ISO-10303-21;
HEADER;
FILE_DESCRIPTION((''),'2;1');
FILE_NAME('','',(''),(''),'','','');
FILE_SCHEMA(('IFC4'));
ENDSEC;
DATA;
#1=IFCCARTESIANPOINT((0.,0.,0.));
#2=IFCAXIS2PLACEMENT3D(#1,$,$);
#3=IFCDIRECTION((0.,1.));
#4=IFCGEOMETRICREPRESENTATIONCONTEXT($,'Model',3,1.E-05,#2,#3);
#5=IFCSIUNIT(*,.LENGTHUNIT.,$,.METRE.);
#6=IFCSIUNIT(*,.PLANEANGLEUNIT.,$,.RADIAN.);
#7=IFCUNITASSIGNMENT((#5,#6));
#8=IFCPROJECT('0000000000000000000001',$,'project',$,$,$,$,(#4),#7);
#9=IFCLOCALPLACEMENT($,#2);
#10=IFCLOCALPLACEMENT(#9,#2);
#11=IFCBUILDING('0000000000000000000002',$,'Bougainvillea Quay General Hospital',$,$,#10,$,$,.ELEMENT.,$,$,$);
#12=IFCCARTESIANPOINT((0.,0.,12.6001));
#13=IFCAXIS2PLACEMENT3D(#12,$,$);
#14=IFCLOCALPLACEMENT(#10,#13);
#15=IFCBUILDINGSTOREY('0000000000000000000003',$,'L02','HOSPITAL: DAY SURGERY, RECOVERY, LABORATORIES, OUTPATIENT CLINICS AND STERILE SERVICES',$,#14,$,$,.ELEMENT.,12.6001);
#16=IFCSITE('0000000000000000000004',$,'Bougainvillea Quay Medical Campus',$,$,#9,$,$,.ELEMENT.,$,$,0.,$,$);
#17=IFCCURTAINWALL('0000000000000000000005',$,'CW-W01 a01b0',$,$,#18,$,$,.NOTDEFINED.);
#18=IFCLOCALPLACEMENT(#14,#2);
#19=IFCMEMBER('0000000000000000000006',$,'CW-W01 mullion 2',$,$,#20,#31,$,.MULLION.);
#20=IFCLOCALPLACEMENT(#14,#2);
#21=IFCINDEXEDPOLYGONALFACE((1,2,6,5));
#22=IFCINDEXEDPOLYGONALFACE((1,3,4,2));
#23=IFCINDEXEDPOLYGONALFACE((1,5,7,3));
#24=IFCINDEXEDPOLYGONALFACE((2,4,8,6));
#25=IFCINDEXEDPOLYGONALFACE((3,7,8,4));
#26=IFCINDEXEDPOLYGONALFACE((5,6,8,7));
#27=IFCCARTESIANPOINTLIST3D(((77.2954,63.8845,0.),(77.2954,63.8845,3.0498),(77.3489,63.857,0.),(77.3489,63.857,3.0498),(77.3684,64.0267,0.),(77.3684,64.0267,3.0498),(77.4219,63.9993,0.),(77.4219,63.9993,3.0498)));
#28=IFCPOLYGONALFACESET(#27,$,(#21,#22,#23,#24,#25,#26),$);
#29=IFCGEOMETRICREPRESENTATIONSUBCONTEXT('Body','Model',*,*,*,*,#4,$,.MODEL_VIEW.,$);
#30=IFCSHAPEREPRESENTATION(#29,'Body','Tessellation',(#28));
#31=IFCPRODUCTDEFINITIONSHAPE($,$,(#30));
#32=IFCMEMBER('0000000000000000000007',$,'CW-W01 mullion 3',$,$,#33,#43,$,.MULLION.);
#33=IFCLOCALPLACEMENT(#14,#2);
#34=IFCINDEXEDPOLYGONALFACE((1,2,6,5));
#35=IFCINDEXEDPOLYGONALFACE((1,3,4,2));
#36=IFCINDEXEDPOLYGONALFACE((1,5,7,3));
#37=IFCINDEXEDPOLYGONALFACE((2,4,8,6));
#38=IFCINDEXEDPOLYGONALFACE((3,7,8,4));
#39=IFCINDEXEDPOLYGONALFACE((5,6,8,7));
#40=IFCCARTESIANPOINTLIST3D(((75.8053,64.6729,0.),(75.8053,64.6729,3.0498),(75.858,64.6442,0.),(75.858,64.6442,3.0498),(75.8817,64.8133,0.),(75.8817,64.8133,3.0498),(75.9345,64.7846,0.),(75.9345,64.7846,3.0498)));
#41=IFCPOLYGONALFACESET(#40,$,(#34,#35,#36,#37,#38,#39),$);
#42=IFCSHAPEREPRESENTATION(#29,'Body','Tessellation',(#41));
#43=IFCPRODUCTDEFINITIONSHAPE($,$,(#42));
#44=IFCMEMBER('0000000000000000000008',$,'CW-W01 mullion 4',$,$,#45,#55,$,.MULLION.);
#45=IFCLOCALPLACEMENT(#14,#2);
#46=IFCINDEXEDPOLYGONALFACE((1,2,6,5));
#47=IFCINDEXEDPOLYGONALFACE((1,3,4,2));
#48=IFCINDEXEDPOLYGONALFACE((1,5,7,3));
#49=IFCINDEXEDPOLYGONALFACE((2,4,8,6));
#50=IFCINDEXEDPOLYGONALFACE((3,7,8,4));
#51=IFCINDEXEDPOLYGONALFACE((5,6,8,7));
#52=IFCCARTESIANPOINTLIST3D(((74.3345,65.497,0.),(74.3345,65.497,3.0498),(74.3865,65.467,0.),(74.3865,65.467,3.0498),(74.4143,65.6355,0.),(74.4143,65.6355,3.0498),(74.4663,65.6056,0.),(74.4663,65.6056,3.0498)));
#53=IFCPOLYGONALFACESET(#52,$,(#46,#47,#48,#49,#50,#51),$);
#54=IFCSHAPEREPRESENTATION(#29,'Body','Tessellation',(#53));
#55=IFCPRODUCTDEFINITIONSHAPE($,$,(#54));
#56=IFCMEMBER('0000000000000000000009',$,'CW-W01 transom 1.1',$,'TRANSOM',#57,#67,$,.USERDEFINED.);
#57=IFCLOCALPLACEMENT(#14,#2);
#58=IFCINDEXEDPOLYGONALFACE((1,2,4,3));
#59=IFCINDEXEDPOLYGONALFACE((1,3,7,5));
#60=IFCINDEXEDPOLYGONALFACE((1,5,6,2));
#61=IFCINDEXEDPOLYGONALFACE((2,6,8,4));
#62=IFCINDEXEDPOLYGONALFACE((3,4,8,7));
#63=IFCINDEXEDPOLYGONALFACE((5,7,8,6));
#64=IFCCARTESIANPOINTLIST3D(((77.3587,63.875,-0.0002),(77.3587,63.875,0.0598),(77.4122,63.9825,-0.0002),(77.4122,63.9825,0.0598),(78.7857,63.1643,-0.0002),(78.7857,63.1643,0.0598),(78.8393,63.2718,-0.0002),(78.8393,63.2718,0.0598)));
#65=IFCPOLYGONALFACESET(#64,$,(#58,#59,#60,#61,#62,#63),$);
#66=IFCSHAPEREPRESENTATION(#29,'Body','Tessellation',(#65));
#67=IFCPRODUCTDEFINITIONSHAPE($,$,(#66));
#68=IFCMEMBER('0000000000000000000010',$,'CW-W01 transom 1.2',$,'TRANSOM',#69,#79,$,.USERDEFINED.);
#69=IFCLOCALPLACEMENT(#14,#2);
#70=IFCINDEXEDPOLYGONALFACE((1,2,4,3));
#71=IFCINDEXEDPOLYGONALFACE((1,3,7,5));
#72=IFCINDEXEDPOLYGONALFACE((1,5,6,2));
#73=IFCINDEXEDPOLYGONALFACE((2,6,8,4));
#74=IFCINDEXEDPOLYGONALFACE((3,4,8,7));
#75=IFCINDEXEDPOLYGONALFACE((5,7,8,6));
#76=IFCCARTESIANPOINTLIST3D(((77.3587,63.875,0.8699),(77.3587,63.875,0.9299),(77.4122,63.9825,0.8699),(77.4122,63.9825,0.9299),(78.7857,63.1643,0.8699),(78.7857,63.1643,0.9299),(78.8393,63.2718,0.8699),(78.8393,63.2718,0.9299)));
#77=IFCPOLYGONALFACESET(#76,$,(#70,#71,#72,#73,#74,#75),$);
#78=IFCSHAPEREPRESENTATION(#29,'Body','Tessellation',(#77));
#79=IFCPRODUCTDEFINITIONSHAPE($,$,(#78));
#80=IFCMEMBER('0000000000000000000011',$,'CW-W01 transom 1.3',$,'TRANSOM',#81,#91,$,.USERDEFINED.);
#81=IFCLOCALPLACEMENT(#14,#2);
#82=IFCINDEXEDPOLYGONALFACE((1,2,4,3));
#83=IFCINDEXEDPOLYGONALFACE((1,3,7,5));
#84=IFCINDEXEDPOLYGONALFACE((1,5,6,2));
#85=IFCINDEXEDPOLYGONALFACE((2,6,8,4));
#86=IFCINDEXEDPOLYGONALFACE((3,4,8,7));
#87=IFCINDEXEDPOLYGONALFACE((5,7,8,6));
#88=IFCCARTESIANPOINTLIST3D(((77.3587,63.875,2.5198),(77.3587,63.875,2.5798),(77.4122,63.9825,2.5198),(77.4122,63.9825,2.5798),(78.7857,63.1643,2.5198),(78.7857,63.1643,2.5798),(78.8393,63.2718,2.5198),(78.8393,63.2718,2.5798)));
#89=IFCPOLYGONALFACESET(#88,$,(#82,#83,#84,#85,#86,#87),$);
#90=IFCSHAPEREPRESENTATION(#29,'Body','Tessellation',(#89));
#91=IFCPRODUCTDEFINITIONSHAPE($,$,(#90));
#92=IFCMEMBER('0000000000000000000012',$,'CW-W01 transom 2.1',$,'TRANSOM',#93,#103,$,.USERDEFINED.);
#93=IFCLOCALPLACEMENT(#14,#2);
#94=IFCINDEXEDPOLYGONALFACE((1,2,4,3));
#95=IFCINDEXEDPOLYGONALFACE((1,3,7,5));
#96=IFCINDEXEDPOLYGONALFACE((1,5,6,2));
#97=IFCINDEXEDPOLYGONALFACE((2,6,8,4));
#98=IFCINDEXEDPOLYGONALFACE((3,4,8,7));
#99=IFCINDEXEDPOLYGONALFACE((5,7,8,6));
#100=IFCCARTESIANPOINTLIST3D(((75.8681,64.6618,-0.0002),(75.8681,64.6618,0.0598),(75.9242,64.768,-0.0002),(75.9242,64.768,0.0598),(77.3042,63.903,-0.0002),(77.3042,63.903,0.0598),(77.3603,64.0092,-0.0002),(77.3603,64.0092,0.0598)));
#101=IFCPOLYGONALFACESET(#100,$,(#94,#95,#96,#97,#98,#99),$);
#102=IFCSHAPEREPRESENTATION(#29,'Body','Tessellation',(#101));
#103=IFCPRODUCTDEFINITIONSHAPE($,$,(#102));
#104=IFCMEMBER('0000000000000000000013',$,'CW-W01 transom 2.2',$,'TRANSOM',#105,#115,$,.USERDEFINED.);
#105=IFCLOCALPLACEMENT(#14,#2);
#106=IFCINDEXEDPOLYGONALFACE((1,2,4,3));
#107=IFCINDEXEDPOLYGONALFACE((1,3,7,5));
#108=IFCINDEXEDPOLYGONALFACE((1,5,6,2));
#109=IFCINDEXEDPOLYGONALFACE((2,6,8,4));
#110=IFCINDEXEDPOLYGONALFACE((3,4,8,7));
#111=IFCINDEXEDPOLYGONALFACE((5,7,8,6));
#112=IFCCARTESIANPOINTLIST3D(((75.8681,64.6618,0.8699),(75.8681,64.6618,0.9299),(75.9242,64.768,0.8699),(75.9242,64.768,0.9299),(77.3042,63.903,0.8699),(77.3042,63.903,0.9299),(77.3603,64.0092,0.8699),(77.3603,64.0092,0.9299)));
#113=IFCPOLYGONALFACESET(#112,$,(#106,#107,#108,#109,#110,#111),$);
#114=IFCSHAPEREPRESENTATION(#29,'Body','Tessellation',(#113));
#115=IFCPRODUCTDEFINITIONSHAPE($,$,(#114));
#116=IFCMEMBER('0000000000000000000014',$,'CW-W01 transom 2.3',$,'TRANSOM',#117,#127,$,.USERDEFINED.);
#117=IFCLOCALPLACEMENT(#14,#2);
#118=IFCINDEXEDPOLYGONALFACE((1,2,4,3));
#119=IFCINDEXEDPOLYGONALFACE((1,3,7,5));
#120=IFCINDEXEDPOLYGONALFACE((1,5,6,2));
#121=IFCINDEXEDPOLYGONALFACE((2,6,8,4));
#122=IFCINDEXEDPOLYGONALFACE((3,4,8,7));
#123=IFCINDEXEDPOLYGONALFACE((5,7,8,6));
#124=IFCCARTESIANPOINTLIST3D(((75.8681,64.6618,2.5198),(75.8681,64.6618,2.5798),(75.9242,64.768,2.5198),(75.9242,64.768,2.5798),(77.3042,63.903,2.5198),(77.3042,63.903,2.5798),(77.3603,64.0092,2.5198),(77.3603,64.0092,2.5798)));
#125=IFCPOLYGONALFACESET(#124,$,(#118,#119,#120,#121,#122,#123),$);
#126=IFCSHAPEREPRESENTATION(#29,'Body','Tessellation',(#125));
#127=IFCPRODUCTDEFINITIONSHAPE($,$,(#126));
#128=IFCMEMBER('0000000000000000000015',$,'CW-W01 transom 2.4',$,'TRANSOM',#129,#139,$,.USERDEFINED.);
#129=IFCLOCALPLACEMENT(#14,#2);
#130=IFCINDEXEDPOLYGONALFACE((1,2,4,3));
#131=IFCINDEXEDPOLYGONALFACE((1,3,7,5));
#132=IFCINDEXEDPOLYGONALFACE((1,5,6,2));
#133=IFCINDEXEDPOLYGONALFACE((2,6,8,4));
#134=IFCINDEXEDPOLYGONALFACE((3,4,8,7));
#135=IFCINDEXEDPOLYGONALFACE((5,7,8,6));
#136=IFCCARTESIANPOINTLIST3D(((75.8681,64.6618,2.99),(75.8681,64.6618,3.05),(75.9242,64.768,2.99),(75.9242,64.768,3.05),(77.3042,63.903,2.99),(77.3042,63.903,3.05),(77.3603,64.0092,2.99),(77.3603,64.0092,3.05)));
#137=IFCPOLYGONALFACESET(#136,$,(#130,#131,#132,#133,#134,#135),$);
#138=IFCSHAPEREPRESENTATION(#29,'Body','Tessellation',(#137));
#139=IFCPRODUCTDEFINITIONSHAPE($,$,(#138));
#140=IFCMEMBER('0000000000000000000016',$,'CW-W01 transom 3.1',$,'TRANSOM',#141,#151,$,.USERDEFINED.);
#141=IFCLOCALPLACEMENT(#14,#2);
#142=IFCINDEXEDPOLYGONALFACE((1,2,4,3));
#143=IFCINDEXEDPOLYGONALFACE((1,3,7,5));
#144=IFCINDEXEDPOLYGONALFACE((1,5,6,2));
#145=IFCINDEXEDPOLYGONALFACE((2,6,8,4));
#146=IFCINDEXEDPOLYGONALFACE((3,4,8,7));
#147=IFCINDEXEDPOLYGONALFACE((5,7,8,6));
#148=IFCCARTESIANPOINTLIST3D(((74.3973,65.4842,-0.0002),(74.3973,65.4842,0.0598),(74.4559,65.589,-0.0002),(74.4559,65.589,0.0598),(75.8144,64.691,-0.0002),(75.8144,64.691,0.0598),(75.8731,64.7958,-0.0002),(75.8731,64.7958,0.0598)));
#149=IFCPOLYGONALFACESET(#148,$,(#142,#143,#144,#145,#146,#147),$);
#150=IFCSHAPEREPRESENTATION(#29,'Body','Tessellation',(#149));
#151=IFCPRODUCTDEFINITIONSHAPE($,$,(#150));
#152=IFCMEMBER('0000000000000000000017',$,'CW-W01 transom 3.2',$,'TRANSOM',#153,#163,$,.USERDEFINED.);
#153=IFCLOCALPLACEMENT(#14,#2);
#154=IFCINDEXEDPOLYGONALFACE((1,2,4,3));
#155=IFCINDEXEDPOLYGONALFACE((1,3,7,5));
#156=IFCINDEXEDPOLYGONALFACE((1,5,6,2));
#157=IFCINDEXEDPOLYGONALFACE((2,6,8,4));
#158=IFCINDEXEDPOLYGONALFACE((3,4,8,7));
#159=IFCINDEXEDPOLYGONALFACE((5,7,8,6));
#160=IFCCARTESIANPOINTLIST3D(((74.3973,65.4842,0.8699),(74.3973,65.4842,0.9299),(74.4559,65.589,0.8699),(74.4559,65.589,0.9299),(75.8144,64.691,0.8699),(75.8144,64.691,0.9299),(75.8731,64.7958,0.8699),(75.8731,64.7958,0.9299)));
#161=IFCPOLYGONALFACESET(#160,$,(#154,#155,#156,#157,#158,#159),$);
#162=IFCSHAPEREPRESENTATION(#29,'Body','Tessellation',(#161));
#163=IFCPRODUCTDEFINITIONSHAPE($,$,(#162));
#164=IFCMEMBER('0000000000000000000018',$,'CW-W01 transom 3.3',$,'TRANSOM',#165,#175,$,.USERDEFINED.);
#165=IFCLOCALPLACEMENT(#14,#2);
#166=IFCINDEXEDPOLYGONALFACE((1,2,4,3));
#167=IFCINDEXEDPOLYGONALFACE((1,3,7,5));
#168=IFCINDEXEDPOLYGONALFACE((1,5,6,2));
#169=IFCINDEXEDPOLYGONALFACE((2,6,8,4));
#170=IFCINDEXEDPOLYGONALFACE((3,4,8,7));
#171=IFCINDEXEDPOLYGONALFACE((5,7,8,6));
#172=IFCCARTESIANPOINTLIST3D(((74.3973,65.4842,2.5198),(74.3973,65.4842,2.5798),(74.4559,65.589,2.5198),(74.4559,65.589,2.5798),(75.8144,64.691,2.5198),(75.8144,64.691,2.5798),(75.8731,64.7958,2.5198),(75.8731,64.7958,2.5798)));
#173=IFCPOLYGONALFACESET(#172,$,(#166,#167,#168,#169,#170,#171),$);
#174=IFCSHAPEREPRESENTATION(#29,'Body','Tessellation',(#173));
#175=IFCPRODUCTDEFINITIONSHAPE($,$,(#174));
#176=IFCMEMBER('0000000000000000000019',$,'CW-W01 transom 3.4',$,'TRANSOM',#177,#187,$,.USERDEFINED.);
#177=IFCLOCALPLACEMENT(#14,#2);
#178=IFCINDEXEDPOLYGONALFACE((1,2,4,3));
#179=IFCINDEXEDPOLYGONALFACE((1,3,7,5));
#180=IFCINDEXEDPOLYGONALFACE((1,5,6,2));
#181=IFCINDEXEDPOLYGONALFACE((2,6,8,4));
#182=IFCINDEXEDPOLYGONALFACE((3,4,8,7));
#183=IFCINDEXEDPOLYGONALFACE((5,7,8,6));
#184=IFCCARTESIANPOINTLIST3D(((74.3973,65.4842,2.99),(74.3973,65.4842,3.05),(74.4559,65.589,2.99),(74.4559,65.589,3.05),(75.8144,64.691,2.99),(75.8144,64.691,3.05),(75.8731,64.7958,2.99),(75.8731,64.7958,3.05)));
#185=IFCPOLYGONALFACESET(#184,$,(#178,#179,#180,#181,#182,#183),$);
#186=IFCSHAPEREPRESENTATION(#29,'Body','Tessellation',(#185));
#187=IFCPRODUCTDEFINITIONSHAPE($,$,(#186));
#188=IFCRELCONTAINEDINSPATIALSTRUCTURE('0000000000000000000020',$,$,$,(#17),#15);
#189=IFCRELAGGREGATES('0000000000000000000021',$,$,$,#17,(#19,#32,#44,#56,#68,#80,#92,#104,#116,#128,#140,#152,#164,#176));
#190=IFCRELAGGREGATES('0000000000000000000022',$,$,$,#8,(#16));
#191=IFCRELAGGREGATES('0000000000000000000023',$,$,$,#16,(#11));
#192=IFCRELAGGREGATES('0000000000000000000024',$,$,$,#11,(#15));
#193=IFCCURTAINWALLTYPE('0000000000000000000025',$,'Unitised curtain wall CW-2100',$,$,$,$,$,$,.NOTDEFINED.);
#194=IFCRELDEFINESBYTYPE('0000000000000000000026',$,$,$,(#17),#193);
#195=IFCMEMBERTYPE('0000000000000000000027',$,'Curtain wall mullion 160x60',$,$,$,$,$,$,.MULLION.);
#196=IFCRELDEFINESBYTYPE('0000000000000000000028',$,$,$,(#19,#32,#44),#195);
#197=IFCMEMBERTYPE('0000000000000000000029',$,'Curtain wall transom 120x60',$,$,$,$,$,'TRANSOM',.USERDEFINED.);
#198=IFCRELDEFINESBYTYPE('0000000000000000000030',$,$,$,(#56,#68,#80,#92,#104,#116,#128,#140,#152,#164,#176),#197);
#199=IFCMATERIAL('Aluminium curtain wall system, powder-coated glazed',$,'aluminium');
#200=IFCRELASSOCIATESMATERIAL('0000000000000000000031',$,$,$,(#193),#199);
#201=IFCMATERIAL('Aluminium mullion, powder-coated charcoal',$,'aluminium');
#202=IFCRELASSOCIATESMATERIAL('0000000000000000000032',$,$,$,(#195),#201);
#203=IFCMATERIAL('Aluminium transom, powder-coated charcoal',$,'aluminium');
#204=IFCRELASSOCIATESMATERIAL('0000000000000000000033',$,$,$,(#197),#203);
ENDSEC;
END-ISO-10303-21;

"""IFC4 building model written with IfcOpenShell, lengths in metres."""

from ifc_helpers import new_model, si_unit, direction, frame, origin, origin_2d, place, context, subcontext, project, spatial, rectangle, extrude, material, material_profile, profile_set, type_object, element, aggregate, save


model = new_model("IFC4")

# Units and contexts
model_context = context("Model", 3, precision=1e-05, world=origin(), true_north=direction((0.0, 1.0)))
body_context = subcontext(model_context, "Body", "Model", "MODEL_VIEW")
ifc_project = project(units=[si_unit("LENGTHUNIT", "METRE"), si_unit("PLANEANGLEUNIT", "RADIAN")], contexts=[model_context])

# Site, building, storey
site_placement = place(None, origin())
site = spatial("IfcSite", under=ifc_project, at=site_placement, Name="Bougainvillea Quay Medical Campus", CompositionType="ELEMENT", RefElevation=0.0)
building_placement = place(site_placement, origin())
building = spatial("IfcBuilding", under=site, at=building_placement, Name="Bougainvillea Quay General Hospital", CompositionType="ELEMENT")
storey_placement = place(building_placement, frame((0.0, 0.0, 12.6001)))
storey = spatial("IfcBuildingStorey", under=building, at=storey_placement, Name="L02", Description="HOSPITAL: DAY SURGERY, RECOVERY, LABORATORIES, OUTPATIENT CLINICS AND STERILE SERVICES", CompositionType="ELEMENT", Elevation=12.6001)

# Curtain wall, members
ifc_material_1 = material(Name="Aluminium curtain wall system, powder-coated glazed", Category="aluminium")
curtain_wall_type = type_object("IfcCurtainWallType", Name="Unitised curtain wall CW-2100", PredefinedType="NOTDEFINED", material=ifc_material_1)
curtain_wall_placement = place(storey_placement, origin())
curtain_wall = element("IfcCurtainWall", 1, at=curtain_wall_placement, inside=storey, type_object=curtain_wall_type, Name="CW-W01 a01b0", PredefinedType="NOTDEFINED")
ifc_material_2 = material(Name="Aluminium mullion, powder-coated charcoal", Category="aluminium")
ifc_material_profile_1 = material_profile(ifc_material_2, rectangle(XDim=0.1599, YDim=0.0601, at=origin_2d()))
ifc_profile_set_1 = profile_set([ifc_material_profile_1], Name="Aluminium mullion, powder-coated charcoal")
member_type_1 = type_object("IfcMemberType", Name="Curtain wall mullion 160x60", PredefinedType="MULLION", material=ifc_profile_set_1)
member_1_placement = place(storey_placement, frame((77.3586, 63.9419, 0.0), z_axis=(0.0, 0.0, 1.0), x_axis=(-0.456505, -0.889721, 0.0)))
member_1 = element("IfcMember", 2, at=member_1_placement, type_object=member_type_1, Name="CW-W01 mullion 2", PredefinedType="MULLION", context=body_context, shape_type="SweptSolid", body=[
    extrude(rectangle(XDim=0.1599, YDim=0.0601, at=origin_2d()), origin(), (0.0, 0.0, 1.0), 3.0498),
])
member_2_placement = place(storey_placement, frame((75.8699, 64.7288, 0.0), z_axis=(0.0, 0.0, 1.0), x_axis=(-0.477852, -0.87844, 0.0)))
member_2 = element("IfcMember", 3, at=member_2_placement, type_object=member_type_1, Name="CW-W01 mullion 3", PredefinedType="MULLION", context=body_context, shape_type="SweptSolid", body=[
    extrude(rectangle(XDim=0.1599, YDim=0.0601, at=origin_2d()), origin(), (0.0, 0.0, 1.0), 3.0498),
])
member_3_placement = place(storey_placement, frame((74.4004, 65.5513, 0.0), z_axis=(0.0, 0.0, 1.0), x_axis=(-0.498921, -0.866648, 0.0)))
member_3 = element("IfcMember", 4, at=member_3_placement, type_object=member_type_1, Name="CW-W01 mullion 4", PredefinedType="MULLION", context=body_context, shape_type="SweptSolid", body=[
    extrude(rectangle(XDim=0.1599, YDim=0.0601, at=origin_2d()), origin(), (0.0, 0.0, 1.0), 3.0498),
])
ifc_material_3 = material(Name="Aluminium transom, powder-coated charcoal", Category="aluminium")
ifc_material_profile_2 = material_profile(ifc_material_3, rectangle(XDim=0.1201, YDim=0.0601, at=origin_2d()))
ifc_profile_set_2 = profile_set([ifc_material_profile_2], Name="Aluminium transom, powder-coated charcoal")
member_type_2 = type_object("IfcMemberType", Name="Curtain wall transom 120x60", ElementType="TRANSOM", PredefinedType="USERDEFINED", material=ifc_profile_set_2)
member_4_placement = place(storey_placement, frame((78.8125, 63.218, 0.0298), z_axis=(-0.895131, 0.445804, 0.0), x_axis=(-0.445804, -0.895131, 0.0)))
member_4 = element("IfcMember", 5, at=member_4_placement, type_object=member_type_2, Name="CW-W01 transom 1.1", ObjectType="TRANSOM", PredefinedType="USERDEFINED", context=body_context, shape_type="SweptSolid", body=[
    extrude(rectangle(XDim=0.1201, YDim=0.0601, at=origin_2d()), origin(), (0.0, 0.0, 1.0), 1.5942),
])
member_5_placement = place(storey_placement, frame((78.8125, 63.218, 0.8999), z_axis=(-0.895131, 0.445804, 0.0), x_axis=(-0.445804, -0.895131, 0.0)))
member_5 = element("IfcMember", 6, at=member_5_placement, type_object=member_type_2, Name="CW-W01 transom 1.2", ObjectType="TRANSOM", PredefinedType="USERDEFINED", context=body_context, shape_type="SweptSolid", body=[
    extrude(rectangle(XDim=0.1201, YDim=0.0601, at=origin_2d()), origin(), (0.0, 0.0, 1.0), 1.5942),
])
member_6_placement = place(storey_placement, frame((78.8125, 63.218, 2.5498), z_axis=(-0.895131, 0.445804, 0.0), x_axis=(-0.445804, -0.895131, 0.0)))
member_6 = element("IfcMember", 7, at=member_6_placement, type_object=member_type_2, Name="CW-W01 transom 1.3", ObjectType="TRANSOM", PredefinedType="USERDEFINED", context=body_context, shape_type="SweptSolid", body=[
    extrude(rectangle(XDim=0.1201, YDim=0.0601, at=origin_2d()), origin(), (0.0, 0.0, 1.0), 1.5942),
])
member_7_placement = place(storey_placement, frame((77.3323, 63.9561, 0.0298), z_axis=(-0.884161, 0.467183, 0.0), x_axis=(-0.467183, -0.884161, 0.0)))
member_7 = element("IfcMember", 8, at=member_7_placement, type_object=member_type_2, Name="CW-W01 transom 2.1", ObjectType="TRANSOM", PredefinedType="USERDEFINED", context=body_context, shape_type="SweptSolid", body=[
    extrude(rectangle(XDim=0.1201, YDim=0.0601, at=origin_2d()), origin(), (0.0, 0.0, 1.0), 1.6243),
])
member_8_placement = place(storey_placement, frame((77.3323, 63.9561, 0.8999), z_axis=(-0.884161, 0.467183, 0.0), x_axis=(-0.467183, -0.884161, 0.0)))
member_8 = element("IfcMember", 9, at=member_8_placement, type_object=member_type_2, Name="CW-W01 transom 2.2", ObjectType="TRANSOM", PredefinedType="USERDEFINED", context=body_context, shape_type="SweptSolid", body=[
    extrude(rectangle(XDim=0.1201, YDim=0.0601, at=origin_2d()), origin(), (0.0, 0.0, 1.0), 1.6243),
])
member_9_placement = place(storey_placement, frame((77.3323, 63.9561, 2.5498), z_axis=(-0.884161, 0.467183, 0.0), x_axis=(-0.467183, -0.884161, 0.0)))
member_9 = element("IfcMember", 10, at=member_9_placement, type_object=member_type_2, Name="CW-W01 transom 2.3", ObjectType="TRANSOM", PredefinedType="USERDEFINED", context=body_context, shape_type="SweptSolid", body=[
    extrude(rectangle(XDim=0.1201, YDim=0.0601, at=origin_2d()), origin(), (0.0, 0.0, 1.0), 1.6243),
])
member_10_placement = place(storey_placement, frame((77.3323, 63.9561, 3.02), z_axis=(-0.884161, 0.467183, 0.0), x_axis=(-0.467183, -0.884161, 0.0)))
member_10 = element("IfcMember", 11, at=member_10_placement, type_object=member_type_2, Name="CW-W01 transom 2.4", ObjectType="TRANSOM", PredefinedType="USERDEFINED", context=body_context, shape_type="SweptSolid", body=[
    extrude(rectangle(XDim=0.1201, YDim=0.0601, at=origin_2d()), origin(), (0.0, 0.0, 1.0), 1.6243),
])
member_11_placement = place(storey_placement, frame((75.8438, 64.7434, 0.0298), z_axis=(-0.872621, 0.488397, 0.0), x_axis=(-0.488397, -0.872621, 0.0)))
member_11 = element("IfcMember", 12, at=member_11_placement, type_object=member_type_2, Name="CW-W01 transom 3.1", ObjectType="TRANSOM", PredefinedType="USERDEFINED", context=body_context, shape_type="SweptSolid", body=[
    extrude(rectangle(XDim=0.1201, YDim=0.0601, at=origin_2d()), origin(), (0.0, 0.0, 1.0), 1.624),
])
member_12_placement = place(storey_placement, frame((75.8438, 64.7434, 0.8999), z_axis=(-0.872621, 0.488397, 0.0), x_axis=(-0.488397, -0.872621, 0.0)))
member_12 = element("IfcMember", 13, at=member_12_placement, type_object=member_type_2, Name="CW-W01 transom 3.2", ObjectType="TRANSOM", PredefinedType="USERDEFINED", context=body_context, shape_type="SweptSolid", body=[
    extrude(rectangle(XDim=0.1201, YDim=0.0601, at=origin_2d()), origin(), (0.0, 0.0, 1.0), 1.624),
])
member_13_placement = place(storey_placement, frame((75.8438, 64.7434, 2.5498), z_axis=(-0.872621, 0.488397, 0.0), x_axis=(-0.488397, -0.872621, 0.0)))
member_13 = element("IfcMember", 14, at=member_13_placement, type_object=member_type_2, Name="CW-W01 transom 3.3", ObjectType="TRANSOM", PredefinedType="USERDEFINED", context=body_context, shape_type="SweptSolid", body=[
    extrude(rectangle(XDim=0.1201, YDim=0.0601, at=origin_2d()), origin(), (0.0, 0.0, 1.0), 1.624),
])
member_14_placement = place(storey_placement, frame((75.8438, 64.7434, 3.02), z_axis=(-0.872621, 0.488397, 0.0), x_axis=(-0.488397, -0.872621, 0.0)))
member_14 = element("IfcMember", 15, at=member_14_placement, type_object=member_type_2, Name="CW-W01 transom 3.4", ObjectType="TRANSOM", PredefinedType="USERDEFINED", context=body_context, shape_type="SweptSolid", body=[
    extrude(rectangle(XDim=0.1201, YDim=0.0601, at=origin_2d()), origin(), (0.0, 0.0, 1.0), 1.624),
])
aggregate(curtain_wall, [member_1, member_2, member_3, member_4, member_5, member_6, member_7, member_8, member_9, member_10, member_11, member_12, member_13, member_14])

save(model, "model.ifc")
